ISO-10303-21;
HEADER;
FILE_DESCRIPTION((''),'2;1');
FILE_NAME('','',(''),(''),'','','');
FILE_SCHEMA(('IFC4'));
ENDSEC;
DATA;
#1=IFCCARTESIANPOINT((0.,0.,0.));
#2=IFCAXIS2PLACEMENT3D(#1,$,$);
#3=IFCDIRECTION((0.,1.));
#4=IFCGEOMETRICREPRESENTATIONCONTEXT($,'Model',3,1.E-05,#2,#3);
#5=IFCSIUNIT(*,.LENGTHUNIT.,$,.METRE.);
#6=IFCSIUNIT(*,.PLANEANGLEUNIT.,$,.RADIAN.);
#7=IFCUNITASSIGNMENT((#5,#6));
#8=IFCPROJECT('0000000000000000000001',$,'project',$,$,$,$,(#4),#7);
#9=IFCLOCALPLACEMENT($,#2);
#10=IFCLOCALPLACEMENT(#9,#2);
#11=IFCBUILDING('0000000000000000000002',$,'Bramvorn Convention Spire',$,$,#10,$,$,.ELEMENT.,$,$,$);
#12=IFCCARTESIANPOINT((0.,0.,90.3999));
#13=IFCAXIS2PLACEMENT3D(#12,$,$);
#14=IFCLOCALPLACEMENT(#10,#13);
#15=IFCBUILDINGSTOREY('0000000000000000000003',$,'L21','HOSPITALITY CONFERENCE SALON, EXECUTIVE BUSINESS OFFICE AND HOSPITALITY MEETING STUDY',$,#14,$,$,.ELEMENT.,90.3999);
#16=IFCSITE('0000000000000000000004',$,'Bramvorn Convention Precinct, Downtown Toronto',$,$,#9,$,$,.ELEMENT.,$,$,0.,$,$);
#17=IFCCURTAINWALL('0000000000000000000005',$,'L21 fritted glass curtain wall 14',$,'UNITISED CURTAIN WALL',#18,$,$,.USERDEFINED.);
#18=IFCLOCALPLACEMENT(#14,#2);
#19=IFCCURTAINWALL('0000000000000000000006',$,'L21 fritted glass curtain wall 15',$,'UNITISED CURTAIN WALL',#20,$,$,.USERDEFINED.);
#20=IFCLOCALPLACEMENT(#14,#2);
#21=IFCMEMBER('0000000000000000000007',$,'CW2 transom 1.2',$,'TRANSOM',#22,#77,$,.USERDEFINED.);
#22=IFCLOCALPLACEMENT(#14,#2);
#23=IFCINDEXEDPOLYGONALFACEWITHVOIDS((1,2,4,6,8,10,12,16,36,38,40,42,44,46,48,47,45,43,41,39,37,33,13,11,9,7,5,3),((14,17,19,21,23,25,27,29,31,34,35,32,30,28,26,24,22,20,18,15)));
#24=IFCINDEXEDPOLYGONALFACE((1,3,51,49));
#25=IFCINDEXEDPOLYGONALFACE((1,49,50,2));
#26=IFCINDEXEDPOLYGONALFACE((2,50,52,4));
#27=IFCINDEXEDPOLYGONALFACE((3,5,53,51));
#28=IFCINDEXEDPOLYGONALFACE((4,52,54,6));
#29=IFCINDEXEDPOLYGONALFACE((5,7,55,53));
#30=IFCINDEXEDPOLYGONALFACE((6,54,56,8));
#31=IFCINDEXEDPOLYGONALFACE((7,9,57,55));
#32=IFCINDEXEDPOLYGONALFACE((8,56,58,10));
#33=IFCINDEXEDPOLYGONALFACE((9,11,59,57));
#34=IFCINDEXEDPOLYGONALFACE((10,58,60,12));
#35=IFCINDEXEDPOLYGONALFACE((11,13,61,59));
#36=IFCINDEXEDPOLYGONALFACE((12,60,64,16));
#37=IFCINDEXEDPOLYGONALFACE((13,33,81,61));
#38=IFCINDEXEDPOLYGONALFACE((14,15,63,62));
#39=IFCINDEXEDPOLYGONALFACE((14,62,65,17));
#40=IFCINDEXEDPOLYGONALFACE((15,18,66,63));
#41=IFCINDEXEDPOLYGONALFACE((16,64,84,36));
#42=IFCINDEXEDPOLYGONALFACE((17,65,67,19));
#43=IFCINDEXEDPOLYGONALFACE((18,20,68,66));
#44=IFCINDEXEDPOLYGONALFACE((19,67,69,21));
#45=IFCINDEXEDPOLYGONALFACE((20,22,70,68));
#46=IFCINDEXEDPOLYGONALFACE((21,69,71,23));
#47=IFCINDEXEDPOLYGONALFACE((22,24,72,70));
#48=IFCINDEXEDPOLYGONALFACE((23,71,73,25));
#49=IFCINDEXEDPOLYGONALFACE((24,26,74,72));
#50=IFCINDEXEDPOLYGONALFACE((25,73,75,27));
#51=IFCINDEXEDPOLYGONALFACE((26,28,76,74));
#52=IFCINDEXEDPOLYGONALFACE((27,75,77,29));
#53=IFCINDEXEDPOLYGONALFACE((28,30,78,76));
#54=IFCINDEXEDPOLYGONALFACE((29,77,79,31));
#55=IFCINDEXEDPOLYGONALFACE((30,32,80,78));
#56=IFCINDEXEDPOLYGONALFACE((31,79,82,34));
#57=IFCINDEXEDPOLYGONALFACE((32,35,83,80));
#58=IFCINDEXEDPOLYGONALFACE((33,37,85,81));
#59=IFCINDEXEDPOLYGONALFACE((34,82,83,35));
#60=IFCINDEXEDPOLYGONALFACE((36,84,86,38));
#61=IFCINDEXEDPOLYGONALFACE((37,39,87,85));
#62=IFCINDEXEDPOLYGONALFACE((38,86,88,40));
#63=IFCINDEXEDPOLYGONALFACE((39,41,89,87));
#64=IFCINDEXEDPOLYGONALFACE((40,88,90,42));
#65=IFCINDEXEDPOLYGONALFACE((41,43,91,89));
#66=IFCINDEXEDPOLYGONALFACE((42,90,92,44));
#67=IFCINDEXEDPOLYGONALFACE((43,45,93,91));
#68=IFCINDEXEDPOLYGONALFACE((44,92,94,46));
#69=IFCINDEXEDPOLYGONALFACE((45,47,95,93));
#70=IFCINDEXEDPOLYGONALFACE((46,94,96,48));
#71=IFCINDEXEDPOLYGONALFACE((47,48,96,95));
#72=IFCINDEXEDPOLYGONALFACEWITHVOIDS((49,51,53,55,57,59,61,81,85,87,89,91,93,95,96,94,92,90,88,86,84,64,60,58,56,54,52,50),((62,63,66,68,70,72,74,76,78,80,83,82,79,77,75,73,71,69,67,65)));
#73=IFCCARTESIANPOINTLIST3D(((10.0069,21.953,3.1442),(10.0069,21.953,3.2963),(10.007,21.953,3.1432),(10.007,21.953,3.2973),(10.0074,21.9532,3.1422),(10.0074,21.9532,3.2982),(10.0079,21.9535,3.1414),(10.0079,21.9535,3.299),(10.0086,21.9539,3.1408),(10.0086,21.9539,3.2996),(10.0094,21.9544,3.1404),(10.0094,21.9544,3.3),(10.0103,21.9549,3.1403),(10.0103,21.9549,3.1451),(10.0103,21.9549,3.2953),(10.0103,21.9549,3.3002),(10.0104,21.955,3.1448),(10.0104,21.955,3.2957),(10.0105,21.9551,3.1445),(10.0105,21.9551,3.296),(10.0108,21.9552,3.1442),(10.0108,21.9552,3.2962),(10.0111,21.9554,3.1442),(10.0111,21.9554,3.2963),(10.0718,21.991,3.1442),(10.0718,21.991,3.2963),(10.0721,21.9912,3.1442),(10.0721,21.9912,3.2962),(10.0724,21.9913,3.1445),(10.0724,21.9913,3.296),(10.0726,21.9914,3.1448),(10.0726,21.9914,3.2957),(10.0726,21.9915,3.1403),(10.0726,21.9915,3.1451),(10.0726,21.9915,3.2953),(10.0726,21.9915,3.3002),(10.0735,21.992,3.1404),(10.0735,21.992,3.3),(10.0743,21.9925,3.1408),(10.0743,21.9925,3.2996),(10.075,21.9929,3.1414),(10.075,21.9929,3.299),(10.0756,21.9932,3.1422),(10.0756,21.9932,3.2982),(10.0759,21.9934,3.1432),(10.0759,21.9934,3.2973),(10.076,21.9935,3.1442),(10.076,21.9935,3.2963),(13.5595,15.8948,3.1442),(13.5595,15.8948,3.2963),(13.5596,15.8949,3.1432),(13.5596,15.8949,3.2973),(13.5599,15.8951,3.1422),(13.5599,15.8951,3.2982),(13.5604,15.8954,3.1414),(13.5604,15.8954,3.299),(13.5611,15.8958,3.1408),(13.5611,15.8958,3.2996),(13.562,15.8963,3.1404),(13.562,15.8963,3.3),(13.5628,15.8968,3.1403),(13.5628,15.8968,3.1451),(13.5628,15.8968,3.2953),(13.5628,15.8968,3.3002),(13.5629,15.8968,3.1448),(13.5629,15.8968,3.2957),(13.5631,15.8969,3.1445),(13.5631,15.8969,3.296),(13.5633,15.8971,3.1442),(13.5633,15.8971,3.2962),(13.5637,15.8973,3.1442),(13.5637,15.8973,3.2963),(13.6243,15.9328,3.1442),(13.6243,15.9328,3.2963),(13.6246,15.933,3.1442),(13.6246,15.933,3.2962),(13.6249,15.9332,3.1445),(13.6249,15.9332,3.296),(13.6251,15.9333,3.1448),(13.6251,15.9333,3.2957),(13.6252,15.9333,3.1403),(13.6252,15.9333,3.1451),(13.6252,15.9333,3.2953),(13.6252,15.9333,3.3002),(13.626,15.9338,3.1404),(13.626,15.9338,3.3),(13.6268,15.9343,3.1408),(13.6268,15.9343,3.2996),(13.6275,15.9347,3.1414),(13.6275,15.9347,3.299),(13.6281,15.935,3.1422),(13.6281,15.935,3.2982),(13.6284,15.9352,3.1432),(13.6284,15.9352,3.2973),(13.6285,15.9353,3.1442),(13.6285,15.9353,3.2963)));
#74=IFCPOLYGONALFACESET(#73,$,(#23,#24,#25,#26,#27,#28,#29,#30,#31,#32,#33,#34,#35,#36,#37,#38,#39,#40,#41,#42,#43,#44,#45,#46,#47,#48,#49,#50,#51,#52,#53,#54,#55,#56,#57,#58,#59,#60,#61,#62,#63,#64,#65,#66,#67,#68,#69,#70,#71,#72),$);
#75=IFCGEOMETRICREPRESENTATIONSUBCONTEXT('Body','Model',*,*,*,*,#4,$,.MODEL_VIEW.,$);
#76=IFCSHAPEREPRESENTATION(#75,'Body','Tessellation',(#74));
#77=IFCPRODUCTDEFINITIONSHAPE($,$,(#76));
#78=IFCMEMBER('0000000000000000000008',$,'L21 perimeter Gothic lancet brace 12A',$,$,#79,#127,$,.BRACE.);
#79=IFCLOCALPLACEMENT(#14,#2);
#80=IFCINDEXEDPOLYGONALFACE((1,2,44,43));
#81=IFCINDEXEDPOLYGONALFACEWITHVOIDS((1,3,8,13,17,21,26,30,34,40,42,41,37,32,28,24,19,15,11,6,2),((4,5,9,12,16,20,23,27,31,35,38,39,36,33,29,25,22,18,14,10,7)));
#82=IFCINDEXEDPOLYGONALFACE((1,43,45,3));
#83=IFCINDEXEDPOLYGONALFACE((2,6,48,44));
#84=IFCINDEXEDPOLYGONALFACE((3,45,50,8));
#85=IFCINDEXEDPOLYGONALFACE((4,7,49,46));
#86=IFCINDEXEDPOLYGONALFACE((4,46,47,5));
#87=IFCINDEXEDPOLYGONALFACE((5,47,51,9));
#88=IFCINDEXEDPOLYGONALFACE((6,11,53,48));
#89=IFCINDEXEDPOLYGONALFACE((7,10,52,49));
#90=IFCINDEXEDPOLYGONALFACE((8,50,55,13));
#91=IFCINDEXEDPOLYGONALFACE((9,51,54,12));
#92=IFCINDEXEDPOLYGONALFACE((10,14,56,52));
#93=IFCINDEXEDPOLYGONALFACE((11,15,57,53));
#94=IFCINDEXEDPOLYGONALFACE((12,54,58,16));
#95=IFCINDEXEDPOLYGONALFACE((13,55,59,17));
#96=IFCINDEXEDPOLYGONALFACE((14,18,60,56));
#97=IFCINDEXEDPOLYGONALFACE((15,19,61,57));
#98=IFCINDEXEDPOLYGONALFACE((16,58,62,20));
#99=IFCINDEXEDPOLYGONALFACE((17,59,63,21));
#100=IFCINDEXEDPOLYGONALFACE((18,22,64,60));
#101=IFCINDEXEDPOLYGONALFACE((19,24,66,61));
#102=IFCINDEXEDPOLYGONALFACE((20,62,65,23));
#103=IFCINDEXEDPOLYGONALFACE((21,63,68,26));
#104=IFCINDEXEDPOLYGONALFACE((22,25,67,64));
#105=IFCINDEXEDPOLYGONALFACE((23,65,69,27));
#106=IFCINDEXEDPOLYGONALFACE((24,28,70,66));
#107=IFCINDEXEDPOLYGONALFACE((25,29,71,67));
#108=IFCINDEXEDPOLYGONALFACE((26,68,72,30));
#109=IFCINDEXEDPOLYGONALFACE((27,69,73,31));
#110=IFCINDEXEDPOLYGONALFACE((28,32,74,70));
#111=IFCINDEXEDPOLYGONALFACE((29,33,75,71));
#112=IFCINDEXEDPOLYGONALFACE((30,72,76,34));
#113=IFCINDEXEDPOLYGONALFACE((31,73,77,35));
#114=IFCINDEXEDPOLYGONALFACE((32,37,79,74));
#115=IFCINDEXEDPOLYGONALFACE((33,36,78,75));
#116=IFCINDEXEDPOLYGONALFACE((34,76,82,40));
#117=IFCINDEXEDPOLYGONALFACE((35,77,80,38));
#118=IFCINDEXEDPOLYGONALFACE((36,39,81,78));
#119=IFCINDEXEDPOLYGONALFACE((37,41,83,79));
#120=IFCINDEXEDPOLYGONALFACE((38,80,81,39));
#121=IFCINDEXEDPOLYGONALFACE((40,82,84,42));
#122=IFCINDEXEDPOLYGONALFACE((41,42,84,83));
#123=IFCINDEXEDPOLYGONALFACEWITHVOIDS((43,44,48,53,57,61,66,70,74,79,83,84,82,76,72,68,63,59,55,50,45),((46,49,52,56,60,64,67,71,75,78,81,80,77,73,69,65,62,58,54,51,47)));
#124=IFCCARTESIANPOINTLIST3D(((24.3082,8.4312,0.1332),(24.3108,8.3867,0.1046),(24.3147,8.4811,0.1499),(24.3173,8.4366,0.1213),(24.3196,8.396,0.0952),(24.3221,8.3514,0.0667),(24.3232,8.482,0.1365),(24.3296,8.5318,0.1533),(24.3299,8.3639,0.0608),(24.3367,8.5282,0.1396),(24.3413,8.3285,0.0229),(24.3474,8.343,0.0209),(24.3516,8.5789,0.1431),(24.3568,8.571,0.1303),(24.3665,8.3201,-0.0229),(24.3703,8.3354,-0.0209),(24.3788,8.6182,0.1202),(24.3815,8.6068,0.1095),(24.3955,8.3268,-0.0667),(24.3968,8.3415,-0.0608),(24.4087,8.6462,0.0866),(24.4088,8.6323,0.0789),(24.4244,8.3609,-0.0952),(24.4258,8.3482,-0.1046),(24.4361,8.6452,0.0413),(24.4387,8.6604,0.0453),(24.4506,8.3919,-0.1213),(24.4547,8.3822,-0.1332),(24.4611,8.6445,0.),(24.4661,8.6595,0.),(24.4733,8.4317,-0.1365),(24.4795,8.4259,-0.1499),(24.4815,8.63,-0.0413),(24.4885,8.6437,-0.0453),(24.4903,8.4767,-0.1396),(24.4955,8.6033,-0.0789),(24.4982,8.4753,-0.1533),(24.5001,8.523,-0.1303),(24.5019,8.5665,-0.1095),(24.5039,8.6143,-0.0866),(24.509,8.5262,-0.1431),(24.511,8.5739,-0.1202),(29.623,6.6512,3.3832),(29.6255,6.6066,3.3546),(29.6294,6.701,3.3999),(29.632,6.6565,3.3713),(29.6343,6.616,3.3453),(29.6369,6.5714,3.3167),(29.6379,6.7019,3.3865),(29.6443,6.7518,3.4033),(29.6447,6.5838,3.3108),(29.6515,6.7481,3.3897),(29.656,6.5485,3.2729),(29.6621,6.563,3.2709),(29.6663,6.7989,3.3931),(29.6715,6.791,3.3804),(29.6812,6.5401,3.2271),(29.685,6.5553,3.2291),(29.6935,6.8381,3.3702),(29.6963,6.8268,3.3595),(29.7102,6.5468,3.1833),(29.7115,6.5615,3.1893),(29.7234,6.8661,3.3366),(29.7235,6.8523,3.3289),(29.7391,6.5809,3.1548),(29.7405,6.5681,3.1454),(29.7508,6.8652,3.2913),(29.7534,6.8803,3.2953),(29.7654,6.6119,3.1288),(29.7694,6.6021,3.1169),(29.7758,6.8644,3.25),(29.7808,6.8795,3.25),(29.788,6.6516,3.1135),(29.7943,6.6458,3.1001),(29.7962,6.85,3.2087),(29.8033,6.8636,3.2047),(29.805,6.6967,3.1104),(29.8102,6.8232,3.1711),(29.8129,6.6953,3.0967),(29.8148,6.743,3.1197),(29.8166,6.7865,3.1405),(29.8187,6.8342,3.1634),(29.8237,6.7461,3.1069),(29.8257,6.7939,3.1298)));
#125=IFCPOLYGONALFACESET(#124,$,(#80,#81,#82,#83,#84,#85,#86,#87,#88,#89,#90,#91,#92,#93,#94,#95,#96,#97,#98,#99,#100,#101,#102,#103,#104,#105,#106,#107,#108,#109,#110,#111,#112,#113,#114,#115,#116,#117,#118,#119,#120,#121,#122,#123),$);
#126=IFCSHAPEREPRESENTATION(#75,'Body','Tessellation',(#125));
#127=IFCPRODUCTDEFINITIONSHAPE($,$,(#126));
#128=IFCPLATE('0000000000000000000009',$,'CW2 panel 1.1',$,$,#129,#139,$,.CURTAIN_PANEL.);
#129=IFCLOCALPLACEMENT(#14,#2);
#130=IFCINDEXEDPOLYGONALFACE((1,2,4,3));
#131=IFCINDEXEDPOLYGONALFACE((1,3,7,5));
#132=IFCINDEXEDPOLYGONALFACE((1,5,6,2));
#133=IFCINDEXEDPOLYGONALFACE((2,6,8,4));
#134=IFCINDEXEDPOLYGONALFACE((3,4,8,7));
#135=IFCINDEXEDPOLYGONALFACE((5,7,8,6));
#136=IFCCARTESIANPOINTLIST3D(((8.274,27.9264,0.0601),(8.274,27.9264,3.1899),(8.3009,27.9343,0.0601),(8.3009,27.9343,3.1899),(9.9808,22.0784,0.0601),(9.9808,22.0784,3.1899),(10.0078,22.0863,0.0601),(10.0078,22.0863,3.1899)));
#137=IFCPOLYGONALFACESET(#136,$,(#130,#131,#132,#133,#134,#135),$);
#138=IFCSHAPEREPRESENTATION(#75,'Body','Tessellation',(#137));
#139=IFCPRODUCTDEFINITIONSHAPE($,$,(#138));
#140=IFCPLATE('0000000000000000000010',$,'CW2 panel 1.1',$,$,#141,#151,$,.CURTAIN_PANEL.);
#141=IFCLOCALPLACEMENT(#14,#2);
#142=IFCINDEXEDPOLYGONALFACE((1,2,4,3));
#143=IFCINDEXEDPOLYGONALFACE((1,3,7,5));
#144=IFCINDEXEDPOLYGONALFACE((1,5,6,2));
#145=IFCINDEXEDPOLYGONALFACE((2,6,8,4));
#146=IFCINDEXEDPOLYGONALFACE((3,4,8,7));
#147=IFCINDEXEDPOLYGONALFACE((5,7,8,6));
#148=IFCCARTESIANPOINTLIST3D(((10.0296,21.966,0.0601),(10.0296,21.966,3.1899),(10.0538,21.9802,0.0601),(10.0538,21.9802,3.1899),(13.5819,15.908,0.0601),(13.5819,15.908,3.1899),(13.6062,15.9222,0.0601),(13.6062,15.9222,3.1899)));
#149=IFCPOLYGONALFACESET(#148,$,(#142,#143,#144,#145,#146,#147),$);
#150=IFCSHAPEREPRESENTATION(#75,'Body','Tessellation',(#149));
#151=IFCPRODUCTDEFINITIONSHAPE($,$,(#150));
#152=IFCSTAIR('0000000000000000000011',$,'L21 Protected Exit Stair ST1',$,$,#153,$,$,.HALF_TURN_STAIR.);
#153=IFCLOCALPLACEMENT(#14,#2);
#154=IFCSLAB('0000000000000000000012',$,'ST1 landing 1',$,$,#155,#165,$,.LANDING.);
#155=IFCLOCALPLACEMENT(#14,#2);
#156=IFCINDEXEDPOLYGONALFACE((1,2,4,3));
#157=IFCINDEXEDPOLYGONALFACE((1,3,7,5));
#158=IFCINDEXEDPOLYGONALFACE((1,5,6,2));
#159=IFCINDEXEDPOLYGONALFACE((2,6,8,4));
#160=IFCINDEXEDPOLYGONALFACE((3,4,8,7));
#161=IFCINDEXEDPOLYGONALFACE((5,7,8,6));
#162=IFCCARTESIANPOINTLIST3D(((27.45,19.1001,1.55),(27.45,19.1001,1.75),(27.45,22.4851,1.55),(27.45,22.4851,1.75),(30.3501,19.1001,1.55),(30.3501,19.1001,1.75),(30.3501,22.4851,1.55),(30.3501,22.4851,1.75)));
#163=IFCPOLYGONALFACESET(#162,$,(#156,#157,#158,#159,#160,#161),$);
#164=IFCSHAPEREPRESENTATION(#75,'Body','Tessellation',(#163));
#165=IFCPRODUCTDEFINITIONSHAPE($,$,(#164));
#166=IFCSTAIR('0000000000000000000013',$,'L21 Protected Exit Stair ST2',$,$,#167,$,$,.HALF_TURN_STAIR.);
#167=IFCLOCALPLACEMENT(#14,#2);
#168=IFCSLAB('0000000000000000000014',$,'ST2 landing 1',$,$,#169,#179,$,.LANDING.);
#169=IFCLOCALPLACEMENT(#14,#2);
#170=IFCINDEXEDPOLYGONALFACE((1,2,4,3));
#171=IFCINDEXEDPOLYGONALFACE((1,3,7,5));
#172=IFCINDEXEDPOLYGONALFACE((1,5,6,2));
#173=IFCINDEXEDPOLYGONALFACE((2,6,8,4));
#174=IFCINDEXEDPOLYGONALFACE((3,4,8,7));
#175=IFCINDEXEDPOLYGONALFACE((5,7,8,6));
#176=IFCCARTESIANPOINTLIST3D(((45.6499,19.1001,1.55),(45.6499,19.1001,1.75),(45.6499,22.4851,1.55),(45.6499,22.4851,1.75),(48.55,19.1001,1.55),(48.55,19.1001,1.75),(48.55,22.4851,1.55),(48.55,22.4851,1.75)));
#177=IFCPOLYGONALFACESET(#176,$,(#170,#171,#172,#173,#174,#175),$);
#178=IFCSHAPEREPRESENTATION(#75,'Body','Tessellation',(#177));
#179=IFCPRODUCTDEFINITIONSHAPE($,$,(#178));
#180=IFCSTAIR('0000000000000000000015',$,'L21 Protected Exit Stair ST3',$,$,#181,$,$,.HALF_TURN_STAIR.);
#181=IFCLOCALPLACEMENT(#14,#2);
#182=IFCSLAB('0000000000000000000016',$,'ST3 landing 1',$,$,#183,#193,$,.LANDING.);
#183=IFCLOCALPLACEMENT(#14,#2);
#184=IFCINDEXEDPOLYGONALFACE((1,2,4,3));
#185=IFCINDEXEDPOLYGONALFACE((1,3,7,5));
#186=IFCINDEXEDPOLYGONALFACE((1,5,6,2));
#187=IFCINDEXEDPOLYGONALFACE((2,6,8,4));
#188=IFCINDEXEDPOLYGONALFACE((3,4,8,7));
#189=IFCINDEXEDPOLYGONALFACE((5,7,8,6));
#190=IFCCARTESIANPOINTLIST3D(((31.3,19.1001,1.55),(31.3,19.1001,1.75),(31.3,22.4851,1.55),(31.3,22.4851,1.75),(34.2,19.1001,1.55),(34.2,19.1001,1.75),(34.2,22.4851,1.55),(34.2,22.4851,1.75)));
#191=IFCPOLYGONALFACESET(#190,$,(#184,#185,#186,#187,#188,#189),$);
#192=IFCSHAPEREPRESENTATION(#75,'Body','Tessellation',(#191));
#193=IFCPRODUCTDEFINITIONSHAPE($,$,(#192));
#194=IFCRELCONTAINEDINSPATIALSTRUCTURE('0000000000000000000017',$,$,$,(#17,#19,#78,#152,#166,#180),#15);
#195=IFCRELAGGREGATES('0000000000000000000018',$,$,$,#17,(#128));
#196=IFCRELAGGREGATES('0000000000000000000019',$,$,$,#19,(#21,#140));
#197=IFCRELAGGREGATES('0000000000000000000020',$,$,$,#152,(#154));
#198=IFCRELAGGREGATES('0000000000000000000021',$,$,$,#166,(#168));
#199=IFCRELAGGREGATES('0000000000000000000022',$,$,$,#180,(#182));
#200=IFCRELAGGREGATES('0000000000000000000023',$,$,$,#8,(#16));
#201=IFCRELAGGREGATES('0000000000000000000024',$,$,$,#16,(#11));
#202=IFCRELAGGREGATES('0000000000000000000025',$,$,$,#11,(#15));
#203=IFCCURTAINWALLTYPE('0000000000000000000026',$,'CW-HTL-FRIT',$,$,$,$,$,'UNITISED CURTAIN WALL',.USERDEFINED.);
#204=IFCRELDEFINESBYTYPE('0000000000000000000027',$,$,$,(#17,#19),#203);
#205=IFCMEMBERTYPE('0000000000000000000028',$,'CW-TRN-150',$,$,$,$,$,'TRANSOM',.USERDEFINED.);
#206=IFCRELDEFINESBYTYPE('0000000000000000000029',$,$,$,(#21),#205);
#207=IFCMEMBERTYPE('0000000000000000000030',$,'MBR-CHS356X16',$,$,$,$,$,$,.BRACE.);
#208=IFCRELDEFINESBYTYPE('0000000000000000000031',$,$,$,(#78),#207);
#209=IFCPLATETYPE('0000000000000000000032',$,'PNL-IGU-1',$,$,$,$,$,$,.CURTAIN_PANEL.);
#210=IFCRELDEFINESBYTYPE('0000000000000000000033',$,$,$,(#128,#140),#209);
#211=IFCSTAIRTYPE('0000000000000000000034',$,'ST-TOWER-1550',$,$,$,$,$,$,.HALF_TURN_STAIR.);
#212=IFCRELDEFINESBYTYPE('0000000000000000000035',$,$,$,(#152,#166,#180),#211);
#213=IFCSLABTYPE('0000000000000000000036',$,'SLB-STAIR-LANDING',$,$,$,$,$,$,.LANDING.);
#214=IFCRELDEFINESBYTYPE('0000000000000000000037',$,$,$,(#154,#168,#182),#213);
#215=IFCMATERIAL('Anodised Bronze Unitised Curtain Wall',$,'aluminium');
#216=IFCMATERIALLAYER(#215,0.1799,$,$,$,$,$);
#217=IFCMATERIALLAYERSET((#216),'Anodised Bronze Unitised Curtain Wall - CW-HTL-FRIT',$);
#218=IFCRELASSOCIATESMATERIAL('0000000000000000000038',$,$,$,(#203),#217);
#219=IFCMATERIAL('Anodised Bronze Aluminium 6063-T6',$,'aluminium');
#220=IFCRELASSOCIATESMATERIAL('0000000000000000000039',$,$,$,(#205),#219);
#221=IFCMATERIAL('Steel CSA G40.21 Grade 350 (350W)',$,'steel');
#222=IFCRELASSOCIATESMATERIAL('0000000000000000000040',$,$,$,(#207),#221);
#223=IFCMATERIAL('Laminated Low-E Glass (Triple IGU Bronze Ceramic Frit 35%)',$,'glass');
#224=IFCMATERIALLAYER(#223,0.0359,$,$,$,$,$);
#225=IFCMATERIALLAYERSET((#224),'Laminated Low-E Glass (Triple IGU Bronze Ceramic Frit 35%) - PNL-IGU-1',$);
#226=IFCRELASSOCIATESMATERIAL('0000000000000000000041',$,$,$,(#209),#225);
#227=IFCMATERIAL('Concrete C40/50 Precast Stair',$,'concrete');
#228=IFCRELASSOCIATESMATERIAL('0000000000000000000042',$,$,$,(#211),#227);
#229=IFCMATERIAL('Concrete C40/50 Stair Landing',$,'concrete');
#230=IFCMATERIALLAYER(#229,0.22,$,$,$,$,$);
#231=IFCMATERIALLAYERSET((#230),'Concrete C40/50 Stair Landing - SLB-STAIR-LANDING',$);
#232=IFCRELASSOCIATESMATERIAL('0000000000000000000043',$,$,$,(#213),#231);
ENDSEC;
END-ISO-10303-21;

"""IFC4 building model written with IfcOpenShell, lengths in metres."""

from ifc_helpers import new_model, si_unit, direction, frame, origin, origin_2d, place, context, subcontext, project, spatial, polyline, rectangle, hollow_rectangle, hollow_circle, outline, extrude, material, layer, layer_set, material_profile, profile_set, type_object, element, aggregate, save


model = new_model("IFC4")

# Units and contexts
model_context = context("Model", 3, precision=1e-05, world=origin(), true_north=direction((0.0, 1.0)))
body_context = subcontext(model_context, "Body", "Model", "MODEL_VIEW")
ifc_project = project(units=[si_unit("LENGTHUNIT", "METRE"), si_unit("PLANEANGLEUNIT", "RADIAN")], contexts=[model_context])

# Site, building, storey
site_placement = place(None, origin())
site = spatial("IfcSite", under=ifc_project, at=site_placement, Name="Bramvorn Convention Precinct, Downtown Toronto", CompositionType="ELEMENT", RefElevation=0.0)
building_placement = place(site_placement, origin())
building = spatial("IfcBuilding", under=site, at=building_placement, Name="Bramvorn Convention Spire", CompositionType="ELEMENT")
storey_placement = place(building_placement, frame((0.0, 0.0, 90.3999)))
storey = spatial("IfcBuildingStorey", under=building, at=storey_placement, Name="L21", Description="HOSPITALITY CONFERENCE SALON, EXECUTIVE BUSINESS OFFICE AND HOSPITALITY MEETING STUDY", CompositionType="ELEMENT", Elevation=90.3999)

# Shared definitions
ifc_material_1 = material(Name="Steel CSA G40.21 Grade 350 (350W)", Category="steel")

# Curtain wall
ifc_material_2 = material(Name="Anodised Bronze Unitised Curtain Wall", Category="aluminium")
ifc_layer_1 = layer(ifc_material_2, 0.1799)
ifc_layer_set_1 = layer_set([ifc_layer_1], Name="Anodised Bronze Unitised Curtain Wall - CW-HTL-FRIT")
curtain_wall_type = type_object("IfcCurtainWallType", Name="CW-HTL-FRIT", ElementType="UNITISED CURTAIN WALL", PredefinedType="USERDEFINED", material=ifc_layer_set_1)
curtain_wall_1_placement = place(storey_placement, origin())
curtain_wall_1 = element("IfcCurtainWall", 1, at=curtain_wall_1_placement, inside=storey, type_object=curtain_wall_type, Name="L21 fritted glass curtain wall 14", ObjectType="UNITISED CURTAIN WALL", PredefinedType="USERDEFINED")
ifc_material_3 = material(Name="Anodised Bronze Aluminium 6063-T6", Category="aluminium")

# Curtain wall
curtain_wall_2_placement = place(storey_placement, origin())
curtain_wall_2 = element("IfcCurtainWall", 2, at=curtain_wall_2_placement, inside=storey, type_object=curtain_wall_type, Name="L21 fritted glass curtain wall 15", ObjectType="UNITISED CURTAIN WALL", PredefinedType="USERDEFINED")

# Members
ifc_material_profile_1 = material_profile(ifc_material_3, hollow_rectangle(XDim=0.0801, YDim=0.1599, WallThickness=0.0039, InnerFilletRadius=0.001, OuterFilletRadius=0.0039, at=origin_2d()))
ifc_profile_set_1 = profile_set([ifc_material_profile_1], Name="Anodised Bronze Aluminium 6063-T6 - CWT80X160")
member_type_1 = type_object("IfcMemberType", Name="CW-TRN-150", ElementType="TRANSOM", PredefinedType="USERDEFINED", material=ifc_profile_set_1)
member_1_placement = place(storey_placement, frame((13.594, 15.915, 3.2202), z_axis=(-0.505845, 0.862624, 0.0), x_axis=(-0.862624, -0.505845, 0.0)))
member_1 = element("IfcMember", 3, at=member_1_placement, type_object=member_type_1, Name="CW2 transom 1.2", ObjectType="TRANSOM", PredefinedType="USERDEFINED", context=body_context, shape_type="SweptSolid", body=[
    extrude(hollow_rectangle(XDim=0.0801, YDim=0.1599, WallThickness=0.0039, InnerFilletRadius=0.001, OuterFilletRadius=0.0039, at=origin_2d()), origin(), (0.0, 0.0, 1.0), 7.0229),
])
ifc_material_profile_2 = material_profile(ifc_material_1, hollow_circle(Radius=0.1777, WallThickness=0.0159, at=origin_2d()))
ifc_profile_set_2 = profile_set([ifc_material_profile_2], Name="Steel CSA G40.21 Grade 350 (350W) - CHS356X16")
member_type_2 = type_object("IfcMemberType", Name="MBR-CHS356X16", PredefinedType="BRACE", material=ifc_profile_set_2)
member_2_placement = place(storey_placement, frame((24.4097, 8.491, 0.0), z_axis=(0.8203, -0.27474, 0.501623), x_axis=(0.317586, 0.948229, 0.0)))
element("IfcMember", 4, at=member_2_placement, inside=storey, type_object=member_type_2, Name="L21 perimeter Gothic lancet brace 12A", PredefinedType="BRACE", context=body_context, shape_type="SweptSolid", body=[
    extrude(hollow_circle(Radius=0.1777, WallThickness=0.0159, at=origin_2d()), origin(), (0.0, 0.0, 1.0), 6.479),
])

# Plates
ifc_material_4 = material(Name="Laminated Low-E Glass (Triple IGU Bronze Ceramic Frit 35%)", Category="glass")
ifc_layer_2 = layer(ifc_material_4, 0.0359)
ifc_layer_set_2 = layer_set([ifc_layer_2], Name="Laminated Low-E Glass (Triple IGU Bronze Ceramic Frit 35%) - PNL-IGU-1")
plate_type = type_object("IfcPlateType", Name="PNL-IGU-1", PredefinedType="CURTAIN_PANEL", material=ifc_layer_set_2)
plate_1_placement = place(storey_placement, frame((9.1409, 25.0063, 0.0601), z_axis=(0.0, 0.0, 1.0), x_axis=(-0.280179, 0.959948, 0.0)))
plate_1 = element("IfcPlate", 5, at=plate_1_placement, type_object=plate_type, Name="CW2 panel 1.1", PredefinedType="CURTAIN_PANEL", context=body_context, shape_type="SweptSolid", body=[
    extrude(rectangle(XDim=6.092, YDim=0.0281, at=origin_2d()), origin(), (0.0, 0.0, 1.0), 3.1299),
])
aggregate(curtain_wall_1, [plate_1])
plate_2_placement = place(storey_placement, frame((11.8179, 18.9441, 0.0601), z_axis=(0.0, 0.0, 1.0), x_axis=(-0.505837, 0.862629, 0.0)))
plate_2 = element("IfcPlate", 6, at=plate_2_placement, type_object=plate_type, Name="CW2 panel 1.1", PredefinedType="CURTAIN_PANEL", context=body_context, shape_type="SweptSolid", body=[
    extrude(rectangle(XDim=7.0227, YDim=0.0281, at=origin_2d()), origin(), (0.0, 0.0, 1.0), 3.1299),
])
aggregate(curtain_wall_2, [member_1, plate_2])

# Stairs, slabs
ifc_material_5 = material(Name="Concrete C40/50 Precast Stair", Category="concrete")
stair_type = type_object("IfcStairType", Name="ST-TOWER-1550", PredefinedType="HALF_TURN_STAIR", material=ifc_material_5)
stair_1_placement = place(storey_placement, origin())
stair_1 = element("IfcStair", 7, at=stair_1_placement, inside=storey, type_object=stair_type, Name="L21 Protected Exit Stair ST1", PredefinedType="HALF_TURN_STAIR")
ifc_material_6 = material(Name="Concrete C40/50 Stair Landing", Category="concrete")
ifc_layer_3 = layer(ifc_material_6, 0.22)
ifc_layer_set_3 = layer_set([ifc_layer_3], Name="Concrete C40/50 Stair Landing - SLB-STAIR-LANDING")
slab_type_1 = type_object("IfcSlabType", Name="SLB-STAIR-LANDING", PredefinedType="LANDING", material=ifc_layer_set_3)
slab_1_placement = place(storey_placement, frame((0.0, 0.0, 1.55)))
slab_1 = element("IfcSlab", 8, at=slab_1_placement, type_object=slab_type_1, Name="ST1 landing 1", PredefinedType="LANDING", context=body_context, shape_type="SweptSolid", body=[
    extrude(outline(polyline([(27.45, 22.4851), (27.45, 19.1001), (30.3501, 19.1001), (30.3501, 22.4851), (27.45, 22.4851)])), origin(), (0.0, 0.0, 1.0), 0.2),
])
aggregate(stair_1, [slab_1])
stair_2_placement = place(storey_placement, origin())
stair_2 = element("IfcStair", 9, at=stair_2_placement, inside=storey, type_object=stair_type, Name="L21 Protected Exit Stair ST2", PredefinedType="HALF_TURN_STAIR")
slab_2_placement = place(storey_placement, frame((0.0, 0.0, 1.55)))
slab_2 = element("IfcSlab", 10, at=slab_2_placement, type_object=slab_type_1, Name="ST2 landing 1", PredefinedType="LANDING", context=body_context, shape_type="SweptSolid", body=[
    extrude(outline(polyline([(45.6499, 22.4851), (45.6499, 19.1001), (48.55, 19.1001), (48.55, 22.4851), (45.6499, 22.4851)])), origin(), (0.0, 0.0, 1.0), 0.2),
])
aggregate(stair_2, [slab_2])
stair_3_placement = place(storey_placement, origin())
stair_3 = element("IfcStair", 11, at=stair_3_placement, inside=storey, type_object=stair_type, Name="L21 Protected Exit Stair ST3", PredefinedType="HALF_TURN_STAIR")
slab_3_placement = place(storey_placement, frame((0.0, 0.0, 1.55)))
slab_3 = element("IfcSlab", 12, at=slab_3_placement, type_object=slab_type_1, Name="ST3 landing 1", PredefinedType="LANDING", context=body_context, shape_type="SweptSolid", body=[
    extrude(outline(polyline([(31.3, 22.4851), (31.3, 19.1001), (34.2, 19.1001), (34.2, 22.4851), (31.3, 22.4851)])), origin(), (0.0, 0.0, 1.0), 0.2),
])
aggregate(stair_3, [slab_3])

save(model, "model.ifc")
